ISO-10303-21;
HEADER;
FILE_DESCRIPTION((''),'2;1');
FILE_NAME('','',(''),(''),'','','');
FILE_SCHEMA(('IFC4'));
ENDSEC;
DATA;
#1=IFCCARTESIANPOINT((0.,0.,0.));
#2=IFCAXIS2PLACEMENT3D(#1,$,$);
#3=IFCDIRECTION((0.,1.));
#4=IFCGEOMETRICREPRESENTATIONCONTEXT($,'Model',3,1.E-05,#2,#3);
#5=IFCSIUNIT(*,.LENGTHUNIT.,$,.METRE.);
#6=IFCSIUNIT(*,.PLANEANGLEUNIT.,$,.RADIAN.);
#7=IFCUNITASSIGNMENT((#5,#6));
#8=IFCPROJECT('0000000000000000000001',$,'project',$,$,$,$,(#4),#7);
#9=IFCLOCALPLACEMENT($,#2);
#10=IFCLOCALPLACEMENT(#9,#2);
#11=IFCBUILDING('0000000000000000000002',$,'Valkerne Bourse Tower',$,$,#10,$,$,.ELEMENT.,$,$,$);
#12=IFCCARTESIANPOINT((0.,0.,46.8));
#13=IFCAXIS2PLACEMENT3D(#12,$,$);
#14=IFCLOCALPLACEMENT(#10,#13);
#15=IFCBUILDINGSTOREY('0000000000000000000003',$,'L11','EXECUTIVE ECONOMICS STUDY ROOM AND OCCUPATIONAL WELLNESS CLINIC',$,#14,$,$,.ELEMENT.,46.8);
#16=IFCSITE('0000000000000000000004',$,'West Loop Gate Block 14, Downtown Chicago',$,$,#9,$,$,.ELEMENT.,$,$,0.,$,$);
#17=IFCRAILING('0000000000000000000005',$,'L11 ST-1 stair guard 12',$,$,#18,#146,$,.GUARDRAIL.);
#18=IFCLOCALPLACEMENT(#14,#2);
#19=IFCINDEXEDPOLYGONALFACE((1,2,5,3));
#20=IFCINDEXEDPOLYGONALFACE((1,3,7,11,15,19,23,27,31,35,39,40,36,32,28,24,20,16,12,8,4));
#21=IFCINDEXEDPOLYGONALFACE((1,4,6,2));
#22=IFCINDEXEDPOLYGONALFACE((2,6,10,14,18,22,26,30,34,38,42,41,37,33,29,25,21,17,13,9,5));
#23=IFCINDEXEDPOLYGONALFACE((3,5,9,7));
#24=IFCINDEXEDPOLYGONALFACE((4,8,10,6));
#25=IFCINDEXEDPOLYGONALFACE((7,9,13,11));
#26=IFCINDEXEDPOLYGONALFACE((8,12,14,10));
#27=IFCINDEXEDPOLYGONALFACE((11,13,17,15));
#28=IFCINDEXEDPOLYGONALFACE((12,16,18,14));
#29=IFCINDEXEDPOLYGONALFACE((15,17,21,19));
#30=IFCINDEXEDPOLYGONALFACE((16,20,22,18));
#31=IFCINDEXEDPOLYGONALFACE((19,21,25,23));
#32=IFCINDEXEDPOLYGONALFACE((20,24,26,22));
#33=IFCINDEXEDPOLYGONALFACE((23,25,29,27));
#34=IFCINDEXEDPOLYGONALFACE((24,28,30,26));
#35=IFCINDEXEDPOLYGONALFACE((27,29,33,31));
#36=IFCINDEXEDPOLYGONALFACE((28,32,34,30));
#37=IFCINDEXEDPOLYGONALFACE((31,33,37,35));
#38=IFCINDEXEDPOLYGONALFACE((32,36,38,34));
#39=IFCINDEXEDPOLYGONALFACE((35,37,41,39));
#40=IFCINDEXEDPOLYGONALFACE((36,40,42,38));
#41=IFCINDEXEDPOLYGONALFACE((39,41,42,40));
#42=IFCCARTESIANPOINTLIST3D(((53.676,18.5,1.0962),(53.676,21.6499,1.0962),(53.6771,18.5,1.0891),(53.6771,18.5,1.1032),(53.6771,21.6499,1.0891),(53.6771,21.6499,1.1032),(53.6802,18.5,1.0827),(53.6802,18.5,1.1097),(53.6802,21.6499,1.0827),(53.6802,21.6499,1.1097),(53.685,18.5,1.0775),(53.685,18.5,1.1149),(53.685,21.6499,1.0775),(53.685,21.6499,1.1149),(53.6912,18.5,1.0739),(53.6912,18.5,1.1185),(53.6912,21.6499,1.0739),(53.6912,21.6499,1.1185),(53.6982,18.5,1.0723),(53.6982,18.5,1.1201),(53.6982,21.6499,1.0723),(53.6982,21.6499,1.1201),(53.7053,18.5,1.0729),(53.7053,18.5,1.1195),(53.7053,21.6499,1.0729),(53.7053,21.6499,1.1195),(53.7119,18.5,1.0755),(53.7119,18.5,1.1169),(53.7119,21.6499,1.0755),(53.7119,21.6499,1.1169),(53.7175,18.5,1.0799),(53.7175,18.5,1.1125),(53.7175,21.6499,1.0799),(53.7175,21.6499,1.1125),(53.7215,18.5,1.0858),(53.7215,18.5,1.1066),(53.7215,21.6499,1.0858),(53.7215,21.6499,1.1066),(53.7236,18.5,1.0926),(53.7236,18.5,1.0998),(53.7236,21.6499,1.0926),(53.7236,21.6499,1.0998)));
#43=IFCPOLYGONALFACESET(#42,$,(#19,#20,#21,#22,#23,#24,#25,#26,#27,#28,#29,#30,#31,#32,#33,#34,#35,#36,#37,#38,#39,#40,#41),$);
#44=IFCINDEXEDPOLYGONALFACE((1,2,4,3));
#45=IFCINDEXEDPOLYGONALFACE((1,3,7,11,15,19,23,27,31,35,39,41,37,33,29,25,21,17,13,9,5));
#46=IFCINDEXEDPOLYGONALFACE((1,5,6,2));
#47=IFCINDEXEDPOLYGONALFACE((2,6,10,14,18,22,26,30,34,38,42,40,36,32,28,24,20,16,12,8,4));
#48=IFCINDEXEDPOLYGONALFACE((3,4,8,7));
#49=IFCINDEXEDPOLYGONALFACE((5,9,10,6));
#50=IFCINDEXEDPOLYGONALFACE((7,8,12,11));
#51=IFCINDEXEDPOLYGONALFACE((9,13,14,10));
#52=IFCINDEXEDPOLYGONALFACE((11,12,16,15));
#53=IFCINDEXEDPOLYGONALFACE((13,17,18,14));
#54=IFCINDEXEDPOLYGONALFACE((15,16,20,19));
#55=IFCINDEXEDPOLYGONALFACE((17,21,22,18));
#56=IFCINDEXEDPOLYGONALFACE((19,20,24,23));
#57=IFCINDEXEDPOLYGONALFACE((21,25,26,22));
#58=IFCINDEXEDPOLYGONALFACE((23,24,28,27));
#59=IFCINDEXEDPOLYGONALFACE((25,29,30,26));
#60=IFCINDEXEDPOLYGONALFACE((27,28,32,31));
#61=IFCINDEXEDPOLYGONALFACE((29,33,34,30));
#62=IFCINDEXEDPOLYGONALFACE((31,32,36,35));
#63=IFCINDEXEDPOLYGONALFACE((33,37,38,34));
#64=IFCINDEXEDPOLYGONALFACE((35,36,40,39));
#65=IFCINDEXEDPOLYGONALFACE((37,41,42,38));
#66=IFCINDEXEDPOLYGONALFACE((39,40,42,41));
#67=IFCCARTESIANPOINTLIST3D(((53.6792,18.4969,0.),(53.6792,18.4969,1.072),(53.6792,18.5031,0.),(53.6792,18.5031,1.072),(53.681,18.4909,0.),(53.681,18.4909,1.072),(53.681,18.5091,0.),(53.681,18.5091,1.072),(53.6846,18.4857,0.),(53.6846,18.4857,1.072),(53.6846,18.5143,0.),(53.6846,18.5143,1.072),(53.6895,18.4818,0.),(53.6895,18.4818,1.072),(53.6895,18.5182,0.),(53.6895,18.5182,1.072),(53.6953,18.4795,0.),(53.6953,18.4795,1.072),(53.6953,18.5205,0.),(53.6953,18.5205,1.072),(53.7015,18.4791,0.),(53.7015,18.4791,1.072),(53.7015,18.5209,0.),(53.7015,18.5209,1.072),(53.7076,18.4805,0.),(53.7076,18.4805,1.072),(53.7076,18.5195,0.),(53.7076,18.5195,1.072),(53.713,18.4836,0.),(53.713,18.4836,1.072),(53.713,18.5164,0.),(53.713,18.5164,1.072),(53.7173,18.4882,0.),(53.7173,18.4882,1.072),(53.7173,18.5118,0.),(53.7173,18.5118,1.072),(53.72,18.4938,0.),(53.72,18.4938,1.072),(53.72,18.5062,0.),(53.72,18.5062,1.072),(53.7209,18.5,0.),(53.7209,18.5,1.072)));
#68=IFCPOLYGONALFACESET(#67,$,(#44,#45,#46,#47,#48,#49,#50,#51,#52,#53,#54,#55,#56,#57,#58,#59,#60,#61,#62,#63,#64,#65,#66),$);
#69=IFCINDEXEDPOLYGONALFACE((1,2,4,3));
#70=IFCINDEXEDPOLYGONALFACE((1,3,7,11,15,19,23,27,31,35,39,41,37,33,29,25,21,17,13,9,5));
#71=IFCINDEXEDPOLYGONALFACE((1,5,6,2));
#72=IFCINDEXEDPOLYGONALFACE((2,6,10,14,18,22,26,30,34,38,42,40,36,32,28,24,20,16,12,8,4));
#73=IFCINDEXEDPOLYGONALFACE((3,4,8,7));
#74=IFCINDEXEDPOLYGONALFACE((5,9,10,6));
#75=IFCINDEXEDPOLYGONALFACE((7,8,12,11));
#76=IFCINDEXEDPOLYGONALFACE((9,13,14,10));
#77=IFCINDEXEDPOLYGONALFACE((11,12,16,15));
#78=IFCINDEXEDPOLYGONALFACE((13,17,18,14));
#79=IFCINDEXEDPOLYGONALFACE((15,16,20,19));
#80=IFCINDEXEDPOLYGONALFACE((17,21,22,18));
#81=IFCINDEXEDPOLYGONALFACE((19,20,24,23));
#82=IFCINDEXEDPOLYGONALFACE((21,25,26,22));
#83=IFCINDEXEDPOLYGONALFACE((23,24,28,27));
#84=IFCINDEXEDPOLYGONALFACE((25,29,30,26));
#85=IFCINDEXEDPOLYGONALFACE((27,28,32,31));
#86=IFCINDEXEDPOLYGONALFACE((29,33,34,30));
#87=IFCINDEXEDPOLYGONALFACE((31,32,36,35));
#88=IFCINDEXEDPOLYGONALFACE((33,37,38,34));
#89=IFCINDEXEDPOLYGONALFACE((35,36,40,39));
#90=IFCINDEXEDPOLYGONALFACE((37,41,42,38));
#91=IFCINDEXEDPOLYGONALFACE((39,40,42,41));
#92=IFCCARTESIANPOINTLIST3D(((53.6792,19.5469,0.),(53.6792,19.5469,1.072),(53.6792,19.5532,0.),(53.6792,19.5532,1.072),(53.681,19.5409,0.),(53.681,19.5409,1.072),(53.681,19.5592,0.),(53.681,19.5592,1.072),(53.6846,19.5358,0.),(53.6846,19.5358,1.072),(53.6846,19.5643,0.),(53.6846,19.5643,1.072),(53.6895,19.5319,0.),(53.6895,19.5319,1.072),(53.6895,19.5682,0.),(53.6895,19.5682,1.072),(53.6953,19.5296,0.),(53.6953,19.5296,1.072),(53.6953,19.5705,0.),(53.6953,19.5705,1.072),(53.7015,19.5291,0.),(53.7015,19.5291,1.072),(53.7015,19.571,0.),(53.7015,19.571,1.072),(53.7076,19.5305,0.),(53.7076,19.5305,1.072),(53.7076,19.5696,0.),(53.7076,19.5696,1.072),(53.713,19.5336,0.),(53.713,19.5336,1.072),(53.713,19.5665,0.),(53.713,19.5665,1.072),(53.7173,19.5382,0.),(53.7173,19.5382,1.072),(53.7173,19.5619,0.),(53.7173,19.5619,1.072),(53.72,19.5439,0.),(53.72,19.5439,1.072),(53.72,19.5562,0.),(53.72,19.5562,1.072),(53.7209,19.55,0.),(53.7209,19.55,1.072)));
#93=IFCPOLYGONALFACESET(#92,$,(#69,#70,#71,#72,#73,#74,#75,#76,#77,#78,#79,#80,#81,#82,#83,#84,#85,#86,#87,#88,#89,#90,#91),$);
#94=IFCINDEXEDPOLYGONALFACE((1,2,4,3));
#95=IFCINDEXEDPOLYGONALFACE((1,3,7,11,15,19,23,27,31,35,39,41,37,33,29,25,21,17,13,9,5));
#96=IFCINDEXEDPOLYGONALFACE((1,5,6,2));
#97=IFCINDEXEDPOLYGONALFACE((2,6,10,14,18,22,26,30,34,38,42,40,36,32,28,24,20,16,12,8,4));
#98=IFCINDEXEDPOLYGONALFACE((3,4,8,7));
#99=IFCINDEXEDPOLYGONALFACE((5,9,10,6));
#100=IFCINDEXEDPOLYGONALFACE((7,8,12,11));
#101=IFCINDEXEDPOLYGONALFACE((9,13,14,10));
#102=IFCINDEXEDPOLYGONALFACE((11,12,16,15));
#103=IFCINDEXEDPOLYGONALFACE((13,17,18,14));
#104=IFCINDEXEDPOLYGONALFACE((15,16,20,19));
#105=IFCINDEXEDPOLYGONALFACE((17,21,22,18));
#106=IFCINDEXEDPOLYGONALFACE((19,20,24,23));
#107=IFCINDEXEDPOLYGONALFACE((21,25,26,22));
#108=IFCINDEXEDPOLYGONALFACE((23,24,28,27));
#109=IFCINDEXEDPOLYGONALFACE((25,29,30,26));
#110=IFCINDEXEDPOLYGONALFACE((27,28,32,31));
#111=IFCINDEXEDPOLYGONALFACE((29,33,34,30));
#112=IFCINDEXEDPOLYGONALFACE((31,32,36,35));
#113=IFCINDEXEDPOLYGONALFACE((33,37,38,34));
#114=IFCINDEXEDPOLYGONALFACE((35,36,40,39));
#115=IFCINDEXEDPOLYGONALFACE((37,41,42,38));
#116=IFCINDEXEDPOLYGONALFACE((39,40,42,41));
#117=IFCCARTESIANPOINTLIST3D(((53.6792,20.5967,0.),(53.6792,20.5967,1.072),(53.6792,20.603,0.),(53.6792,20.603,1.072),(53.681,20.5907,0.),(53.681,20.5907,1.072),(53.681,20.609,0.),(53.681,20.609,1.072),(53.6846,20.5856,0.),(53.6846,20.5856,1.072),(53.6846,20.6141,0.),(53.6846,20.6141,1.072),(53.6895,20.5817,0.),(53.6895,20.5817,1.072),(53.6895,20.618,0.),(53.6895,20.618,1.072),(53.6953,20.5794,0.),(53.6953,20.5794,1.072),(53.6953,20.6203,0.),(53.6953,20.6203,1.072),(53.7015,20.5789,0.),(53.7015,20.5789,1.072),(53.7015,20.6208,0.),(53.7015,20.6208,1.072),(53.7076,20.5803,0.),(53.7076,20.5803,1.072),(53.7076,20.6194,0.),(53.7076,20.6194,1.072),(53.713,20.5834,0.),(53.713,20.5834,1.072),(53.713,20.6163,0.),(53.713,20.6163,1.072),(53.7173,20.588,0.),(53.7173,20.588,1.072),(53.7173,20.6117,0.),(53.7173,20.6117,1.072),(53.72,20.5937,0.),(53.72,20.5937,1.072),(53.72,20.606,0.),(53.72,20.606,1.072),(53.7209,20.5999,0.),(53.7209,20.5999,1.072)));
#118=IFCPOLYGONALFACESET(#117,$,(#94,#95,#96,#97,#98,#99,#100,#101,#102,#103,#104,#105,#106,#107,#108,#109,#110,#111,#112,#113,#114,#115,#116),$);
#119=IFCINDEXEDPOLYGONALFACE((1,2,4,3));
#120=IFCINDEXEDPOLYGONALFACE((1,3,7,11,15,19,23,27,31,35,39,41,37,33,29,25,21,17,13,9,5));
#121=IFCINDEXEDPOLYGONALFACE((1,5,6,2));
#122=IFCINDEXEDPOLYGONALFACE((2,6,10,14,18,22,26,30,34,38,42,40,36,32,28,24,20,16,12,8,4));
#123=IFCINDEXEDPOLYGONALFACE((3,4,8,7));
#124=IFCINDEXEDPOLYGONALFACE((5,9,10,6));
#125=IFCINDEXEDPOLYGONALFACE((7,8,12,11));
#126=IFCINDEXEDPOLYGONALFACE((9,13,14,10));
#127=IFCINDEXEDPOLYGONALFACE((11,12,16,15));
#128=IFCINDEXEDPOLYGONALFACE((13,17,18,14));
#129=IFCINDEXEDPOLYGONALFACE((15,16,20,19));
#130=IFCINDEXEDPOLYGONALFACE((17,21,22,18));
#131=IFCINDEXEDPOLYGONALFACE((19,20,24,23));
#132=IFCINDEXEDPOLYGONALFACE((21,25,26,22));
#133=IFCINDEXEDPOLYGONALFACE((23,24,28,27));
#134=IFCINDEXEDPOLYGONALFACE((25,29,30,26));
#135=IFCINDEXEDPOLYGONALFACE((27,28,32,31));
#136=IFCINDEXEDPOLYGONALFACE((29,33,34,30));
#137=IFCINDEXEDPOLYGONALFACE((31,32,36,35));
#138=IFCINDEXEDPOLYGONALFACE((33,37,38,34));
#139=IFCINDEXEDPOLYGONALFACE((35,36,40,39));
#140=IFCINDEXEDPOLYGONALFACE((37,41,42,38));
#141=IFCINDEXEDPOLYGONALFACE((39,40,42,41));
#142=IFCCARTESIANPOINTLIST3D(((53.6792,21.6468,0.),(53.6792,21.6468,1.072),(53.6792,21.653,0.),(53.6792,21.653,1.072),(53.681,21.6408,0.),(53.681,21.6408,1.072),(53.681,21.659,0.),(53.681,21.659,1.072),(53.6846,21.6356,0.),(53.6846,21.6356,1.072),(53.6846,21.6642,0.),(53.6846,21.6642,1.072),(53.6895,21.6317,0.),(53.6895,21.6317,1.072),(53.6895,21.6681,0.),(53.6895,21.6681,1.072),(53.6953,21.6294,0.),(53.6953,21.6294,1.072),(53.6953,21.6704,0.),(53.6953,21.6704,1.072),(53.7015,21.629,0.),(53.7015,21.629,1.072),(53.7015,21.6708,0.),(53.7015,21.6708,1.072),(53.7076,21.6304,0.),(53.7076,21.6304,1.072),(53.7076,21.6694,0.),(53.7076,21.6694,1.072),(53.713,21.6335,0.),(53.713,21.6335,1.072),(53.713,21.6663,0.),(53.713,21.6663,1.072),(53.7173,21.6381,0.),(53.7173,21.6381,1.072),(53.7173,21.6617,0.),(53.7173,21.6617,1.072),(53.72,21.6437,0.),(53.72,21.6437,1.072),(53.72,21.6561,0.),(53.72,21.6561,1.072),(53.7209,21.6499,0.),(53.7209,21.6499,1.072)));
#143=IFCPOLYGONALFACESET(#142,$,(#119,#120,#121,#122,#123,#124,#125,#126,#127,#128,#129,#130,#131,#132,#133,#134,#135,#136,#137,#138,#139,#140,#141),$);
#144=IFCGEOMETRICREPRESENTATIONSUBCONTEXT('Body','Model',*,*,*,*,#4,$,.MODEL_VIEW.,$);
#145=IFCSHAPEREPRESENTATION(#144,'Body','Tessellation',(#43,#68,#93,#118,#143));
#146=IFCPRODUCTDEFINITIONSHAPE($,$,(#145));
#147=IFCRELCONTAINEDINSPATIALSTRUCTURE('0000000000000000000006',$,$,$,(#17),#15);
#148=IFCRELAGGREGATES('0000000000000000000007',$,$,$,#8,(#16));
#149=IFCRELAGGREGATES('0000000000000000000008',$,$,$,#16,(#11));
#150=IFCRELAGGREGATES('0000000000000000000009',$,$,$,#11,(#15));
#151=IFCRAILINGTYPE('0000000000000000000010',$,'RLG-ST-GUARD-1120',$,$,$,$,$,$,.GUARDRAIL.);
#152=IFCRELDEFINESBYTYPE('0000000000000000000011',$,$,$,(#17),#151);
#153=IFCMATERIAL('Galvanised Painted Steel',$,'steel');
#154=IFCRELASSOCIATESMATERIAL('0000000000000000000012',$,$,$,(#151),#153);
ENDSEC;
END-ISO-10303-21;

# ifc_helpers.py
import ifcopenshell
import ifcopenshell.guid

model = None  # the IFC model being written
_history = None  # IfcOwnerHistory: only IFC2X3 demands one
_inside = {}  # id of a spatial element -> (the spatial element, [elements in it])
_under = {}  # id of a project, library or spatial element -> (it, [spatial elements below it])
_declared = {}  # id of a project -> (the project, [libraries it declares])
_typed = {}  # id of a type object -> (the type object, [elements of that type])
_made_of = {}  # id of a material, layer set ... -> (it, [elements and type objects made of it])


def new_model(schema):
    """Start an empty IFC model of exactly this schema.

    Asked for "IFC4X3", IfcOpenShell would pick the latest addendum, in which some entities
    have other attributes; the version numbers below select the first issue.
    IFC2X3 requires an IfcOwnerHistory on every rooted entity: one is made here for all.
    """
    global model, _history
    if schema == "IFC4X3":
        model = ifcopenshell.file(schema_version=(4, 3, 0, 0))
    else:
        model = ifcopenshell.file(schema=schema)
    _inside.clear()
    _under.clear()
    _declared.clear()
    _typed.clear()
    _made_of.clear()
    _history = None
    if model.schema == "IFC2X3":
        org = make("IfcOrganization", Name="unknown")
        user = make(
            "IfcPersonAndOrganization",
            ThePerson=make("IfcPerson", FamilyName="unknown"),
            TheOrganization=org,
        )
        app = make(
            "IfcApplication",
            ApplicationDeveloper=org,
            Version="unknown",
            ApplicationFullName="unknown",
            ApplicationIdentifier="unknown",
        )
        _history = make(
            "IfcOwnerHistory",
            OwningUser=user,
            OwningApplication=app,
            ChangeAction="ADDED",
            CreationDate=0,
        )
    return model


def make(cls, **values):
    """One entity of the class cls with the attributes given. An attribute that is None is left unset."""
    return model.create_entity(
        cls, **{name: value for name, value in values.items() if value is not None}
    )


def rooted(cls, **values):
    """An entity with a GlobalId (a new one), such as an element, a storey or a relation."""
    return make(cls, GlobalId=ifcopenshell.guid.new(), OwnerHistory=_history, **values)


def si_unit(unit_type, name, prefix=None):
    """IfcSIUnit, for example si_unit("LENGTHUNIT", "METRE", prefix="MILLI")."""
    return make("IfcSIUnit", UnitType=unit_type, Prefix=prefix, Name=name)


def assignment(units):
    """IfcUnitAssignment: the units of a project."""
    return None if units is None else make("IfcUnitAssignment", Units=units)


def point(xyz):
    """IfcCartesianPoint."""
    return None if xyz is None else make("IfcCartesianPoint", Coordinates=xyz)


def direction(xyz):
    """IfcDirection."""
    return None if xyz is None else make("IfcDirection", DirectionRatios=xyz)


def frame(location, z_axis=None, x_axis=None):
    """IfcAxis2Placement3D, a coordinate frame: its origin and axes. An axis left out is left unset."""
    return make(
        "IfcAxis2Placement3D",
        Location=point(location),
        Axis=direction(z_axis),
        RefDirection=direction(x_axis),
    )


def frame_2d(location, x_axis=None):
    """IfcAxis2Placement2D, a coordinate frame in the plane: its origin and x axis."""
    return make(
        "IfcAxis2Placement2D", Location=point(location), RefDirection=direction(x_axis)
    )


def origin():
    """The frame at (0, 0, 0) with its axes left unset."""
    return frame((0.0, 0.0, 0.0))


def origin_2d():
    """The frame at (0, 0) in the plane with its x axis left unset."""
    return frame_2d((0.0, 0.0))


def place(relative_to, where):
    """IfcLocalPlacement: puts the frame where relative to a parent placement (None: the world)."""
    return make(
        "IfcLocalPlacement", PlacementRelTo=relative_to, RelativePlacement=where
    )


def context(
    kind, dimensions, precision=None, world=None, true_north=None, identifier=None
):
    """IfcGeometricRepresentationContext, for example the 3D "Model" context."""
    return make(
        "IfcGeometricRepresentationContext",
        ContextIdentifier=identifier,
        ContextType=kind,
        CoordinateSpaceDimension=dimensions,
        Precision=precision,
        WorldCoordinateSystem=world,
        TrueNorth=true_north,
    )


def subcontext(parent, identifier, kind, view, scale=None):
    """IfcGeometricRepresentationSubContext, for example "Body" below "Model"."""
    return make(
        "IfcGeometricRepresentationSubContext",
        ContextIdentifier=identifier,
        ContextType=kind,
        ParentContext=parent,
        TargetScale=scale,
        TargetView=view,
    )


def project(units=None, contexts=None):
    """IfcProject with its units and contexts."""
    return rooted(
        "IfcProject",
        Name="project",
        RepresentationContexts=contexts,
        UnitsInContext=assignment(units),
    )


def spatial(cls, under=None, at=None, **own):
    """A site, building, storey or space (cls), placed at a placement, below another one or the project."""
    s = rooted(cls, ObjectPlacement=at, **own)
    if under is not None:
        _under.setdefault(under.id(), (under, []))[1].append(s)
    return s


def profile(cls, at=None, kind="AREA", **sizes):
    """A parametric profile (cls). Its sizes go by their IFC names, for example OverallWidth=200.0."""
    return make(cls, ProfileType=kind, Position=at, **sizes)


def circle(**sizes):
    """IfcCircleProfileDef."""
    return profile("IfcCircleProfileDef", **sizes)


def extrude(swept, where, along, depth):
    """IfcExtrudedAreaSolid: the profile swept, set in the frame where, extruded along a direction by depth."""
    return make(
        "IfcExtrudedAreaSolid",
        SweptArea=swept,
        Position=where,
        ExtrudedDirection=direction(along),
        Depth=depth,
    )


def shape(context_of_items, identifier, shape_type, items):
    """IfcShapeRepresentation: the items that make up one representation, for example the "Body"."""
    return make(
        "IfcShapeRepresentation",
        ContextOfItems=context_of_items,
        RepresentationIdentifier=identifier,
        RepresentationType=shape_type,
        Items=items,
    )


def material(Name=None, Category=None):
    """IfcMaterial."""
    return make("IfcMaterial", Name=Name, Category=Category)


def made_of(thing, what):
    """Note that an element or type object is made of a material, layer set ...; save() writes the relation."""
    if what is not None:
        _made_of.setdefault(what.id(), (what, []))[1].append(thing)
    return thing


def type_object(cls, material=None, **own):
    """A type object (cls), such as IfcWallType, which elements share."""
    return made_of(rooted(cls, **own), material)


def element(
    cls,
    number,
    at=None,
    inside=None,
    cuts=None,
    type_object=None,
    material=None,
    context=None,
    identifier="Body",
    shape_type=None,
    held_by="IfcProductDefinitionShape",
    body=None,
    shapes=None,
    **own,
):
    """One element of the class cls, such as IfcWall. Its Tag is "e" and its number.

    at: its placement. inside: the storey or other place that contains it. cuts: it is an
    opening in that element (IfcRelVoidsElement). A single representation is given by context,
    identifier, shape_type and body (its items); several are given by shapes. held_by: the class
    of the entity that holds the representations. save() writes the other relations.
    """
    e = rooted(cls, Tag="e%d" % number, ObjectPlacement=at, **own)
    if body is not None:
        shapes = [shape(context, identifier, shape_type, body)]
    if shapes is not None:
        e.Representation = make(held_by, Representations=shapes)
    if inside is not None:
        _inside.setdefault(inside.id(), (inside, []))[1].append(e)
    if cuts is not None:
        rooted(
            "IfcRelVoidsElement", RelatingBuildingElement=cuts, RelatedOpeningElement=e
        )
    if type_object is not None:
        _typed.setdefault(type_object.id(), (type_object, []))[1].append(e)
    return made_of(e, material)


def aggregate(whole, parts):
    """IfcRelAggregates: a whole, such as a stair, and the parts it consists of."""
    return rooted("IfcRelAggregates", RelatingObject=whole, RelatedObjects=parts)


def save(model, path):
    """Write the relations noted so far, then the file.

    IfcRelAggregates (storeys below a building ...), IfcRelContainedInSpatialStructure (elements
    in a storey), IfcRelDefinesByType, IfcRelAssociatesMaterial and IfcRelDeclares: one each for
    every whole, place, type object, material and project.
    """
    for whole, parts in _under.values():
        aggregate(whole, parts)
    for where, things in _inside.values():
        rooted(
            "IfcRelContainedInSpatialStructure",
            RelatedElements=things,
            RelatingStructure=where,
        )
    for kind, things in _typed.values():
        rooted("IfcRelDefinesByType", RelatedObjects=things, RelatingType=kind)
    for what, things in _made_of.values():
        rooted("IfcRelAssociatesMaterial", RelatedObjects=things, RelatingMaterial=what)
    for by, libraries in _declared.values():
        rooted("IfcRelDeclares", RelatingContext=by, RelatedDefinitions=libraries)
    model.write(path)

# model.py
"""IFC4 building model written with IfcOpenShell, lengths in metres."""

from ifc_helpers import new_model, si_unit, direction, frame, origin, origin_2d, place, context, subcontext, project, spatial, circle, extrude, material, type_object, element, save


model = new_model("IFC4")

# Units and contexts
model_context = context("Model", 3, precision=1e-05, world=origin(), true_north=direction((0.0, 1.0)))
body_context = subcontext(model_context, "Body", "Model", "MODEL_VIEW")
ifc_project = project(units=[si_unit("LENGTHUNIT", "METRE"), si_unit("PLANEANGLEUNIT", "RADIAN")], contexts=[model_context])

# Site, building, storey
site_placement = place(None, origin())
site = spatial("IfcSite", under=ifc_project, at=site_placement, Name="West Loop Gate Block 14, Downtown Chicago", CompositionType="ELEMENT", RefElevation=0.0)
building_placement = place(site_placement, origin())
building = spatial("IfcBuilding", under=site, at=building_placement, Name="Valkerne Bourse Tower", CompositionType="ELEMENT")
storey_placement = place(building_placement, frame((0.0, 0.0, 46.8)))
storey = spatial("IfcBuildingStorey", under=building, at=storey_placement, Name="L11", Description="EXECUTIVE ECONOMICS STUDY ROOM AND OCCUPATIONAL WELLNESS CLINIC", CompositionType="ELEMENT", Elevation=46.8)

# Shared definitions
ifc_material_1 = material(Name="Galvanised Painted Steel", Category="steel")

# Railing
railing_type = type_object("IfcRailingType", Name="RLG-ST-GUARD-1120", PredefinedType="GUARDRAIL", material=ifc_material_1)
railing_1_placement = place(storey_placement, frame((53.7, 18.5, 0.0)))
element("IfcRailing", 1, at=railing_1_placement, inside=storey, type_object=railing_type, Name="L11 ST-1 stair guard 12", PredefinedType="GUARDRAIL", context=body_context, shape_type="SweptSolid", body=[
    extrude(circle(Radius=0.0239, at=origin_2d()), frame((0.0, 0.0, 1.0962), z_axis=(0.0, 1.0, 0.0), x_axis=(-1.0, 0.0, 0.0)), (0.0, 0.0, 1.0), 3.1499),
    extrude(circle(Radius=0.021, at=origin_2d()), origin(), (0.0, 0.0, 1.0), 1.072),
    extrude(circle(Radius=0.021, at=origin_2d()), frame((0.0, 1.05, 0.0)), (0.0, 0.0, 1.0), 1.072),
    extrude(circle(Radius=0.021, at=origin_2d()), frame((0.0, 2.0999, 0.0)), (0.0, 0.0, 1.0), 1.072),
    extrude(circle(Radius=0.021, at=origin_2d()), frame((0.0, 3.1499, 0.0)), (0.0, 0.0, 1.0), 1.072),
])

save(model, "model.ifc")
